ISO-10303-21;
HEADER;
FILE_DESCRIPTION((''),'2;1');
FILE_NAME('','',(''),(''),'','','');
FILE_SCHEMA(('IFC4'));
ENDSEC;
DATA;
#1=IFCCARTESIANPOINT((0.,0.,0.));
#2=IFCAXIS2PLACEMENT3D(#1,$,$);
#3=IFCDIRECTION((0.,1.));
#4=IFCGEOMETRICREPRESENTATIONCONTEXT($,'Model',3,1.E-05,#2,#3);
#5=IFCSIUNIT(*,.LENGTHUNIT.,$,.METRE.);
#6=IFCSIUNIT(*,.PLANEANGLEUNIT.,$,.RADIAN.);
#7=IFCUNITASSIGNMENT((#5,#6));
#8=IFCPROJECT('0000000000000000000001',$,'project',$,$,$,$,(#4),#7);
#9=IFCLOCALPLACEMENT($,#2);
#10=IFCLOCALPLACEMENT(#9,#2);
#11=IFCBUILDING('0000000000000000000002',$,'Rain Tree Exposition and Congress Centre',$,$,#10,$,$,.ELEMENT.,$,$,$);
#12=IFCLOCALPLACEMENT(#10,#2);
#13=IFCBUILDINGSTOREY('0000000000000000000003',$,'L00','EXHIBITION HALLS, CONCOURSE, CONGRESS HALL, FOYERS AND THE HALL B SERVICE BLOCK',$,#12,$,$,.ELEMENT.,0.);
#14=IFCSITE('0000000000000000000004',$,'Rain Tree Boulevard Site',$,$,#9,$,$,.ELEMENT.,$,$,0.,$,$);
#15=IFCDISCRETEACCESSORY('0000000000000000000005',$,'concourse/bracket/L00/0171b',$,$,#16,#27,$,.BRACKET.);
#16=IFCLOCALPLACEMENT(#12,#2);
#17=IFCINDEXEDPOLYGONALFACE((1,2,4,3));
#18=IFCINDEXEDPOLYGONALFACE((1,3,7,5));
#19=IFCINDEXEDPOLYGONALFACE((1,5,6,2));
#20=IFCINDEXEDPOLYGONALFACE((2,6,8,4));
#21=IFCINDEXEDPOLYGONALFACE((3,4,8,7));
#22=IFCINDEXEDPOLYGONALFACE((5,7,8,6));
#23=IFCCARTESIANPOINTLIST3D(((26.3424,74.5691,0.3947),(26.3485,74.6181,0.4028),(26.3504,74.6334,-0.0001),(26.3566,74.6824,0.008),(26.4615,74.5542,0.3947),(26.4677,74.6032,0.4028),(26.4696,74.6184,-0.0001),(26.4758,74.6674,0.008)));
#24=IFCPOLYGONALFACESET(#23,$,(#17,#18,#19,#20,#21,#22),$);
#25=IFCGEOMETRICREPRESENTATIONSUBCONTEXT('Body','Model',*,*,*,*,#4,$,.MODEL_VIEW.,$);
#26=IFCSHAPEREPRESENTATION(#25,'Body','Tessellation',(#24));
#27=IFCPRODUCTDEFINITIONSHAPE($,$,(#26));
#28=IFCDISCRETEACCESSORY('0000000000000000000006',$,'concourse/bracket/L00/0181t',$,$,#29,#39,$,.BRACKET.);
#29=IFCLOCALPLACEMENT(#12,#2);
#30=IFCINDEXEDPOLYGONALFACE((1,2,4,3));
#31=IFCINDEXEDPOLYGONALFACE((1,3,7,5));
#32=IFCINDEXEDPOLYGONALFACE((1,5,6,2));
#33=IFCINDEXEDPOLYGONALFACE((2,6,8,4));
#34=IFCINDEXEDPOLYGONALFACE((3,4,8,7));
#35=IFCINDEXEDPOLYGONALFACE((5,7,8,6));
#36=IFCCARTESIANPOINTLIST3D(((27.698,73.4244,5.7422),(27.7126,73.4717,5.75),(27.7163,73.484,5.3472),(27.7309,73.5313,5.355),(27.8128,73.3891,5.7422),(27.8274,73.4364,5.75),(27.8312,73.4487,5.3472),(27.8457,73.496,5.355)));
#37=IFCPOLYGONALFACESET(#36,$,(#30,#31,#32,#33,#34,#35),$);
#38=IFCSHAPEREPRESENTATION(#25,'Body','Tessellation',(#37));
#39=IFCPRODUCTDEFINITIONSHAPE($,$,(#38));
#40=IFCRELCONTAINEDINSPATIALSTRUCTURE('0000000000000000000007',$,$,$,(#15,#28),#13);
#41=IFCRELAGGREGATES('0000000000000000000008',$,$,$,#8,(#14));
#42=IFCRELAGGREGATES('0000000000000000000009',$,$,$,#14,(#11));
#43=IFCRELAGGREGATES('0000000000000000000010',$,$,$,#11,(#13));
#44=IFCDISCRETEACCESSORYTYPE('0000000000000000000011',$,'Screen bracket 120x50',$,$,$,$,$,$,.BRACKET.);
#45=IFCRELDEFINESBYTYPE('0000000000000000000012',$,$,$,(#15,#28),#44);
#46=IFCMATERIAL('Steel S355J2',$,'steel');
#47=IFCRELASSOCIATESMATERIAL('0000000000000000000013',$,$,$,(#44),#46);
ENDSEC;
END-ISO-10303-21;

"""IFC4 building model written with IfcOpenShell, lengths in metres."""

from ifc_helpers import new_model, si_unit, direction, frame, origin, origin_2d, place, context, subcontext, project, spatial, rectangle, extrude, material, material_profile, profile_set, type_object, element, save


model = new_model("IFC4")

# Units and contexts
model_context = context("Model", 3, precision=1e-05, world=origin(), true_north=direction((0.0, 1.0)))
body_context = subcontext(model_context, "Body", "Model", "MODEL_VIEW")
ifc_project = project(units=[si_unit("LENGTHUNIT", "METRE"), si_unit("PLANEANGLEUNIT", "RADIAN")], contexts=[model_context])

# Site, building, storey
site_placement = place(None, origin())
site = spatial("IfcSite", under=ifc_project, at=site_placement, Name="Rain Tree Boulevard Site", CompositionType="ELEMENT", RefElevation=0.0)
building_placement = place(site_placement, origin())
building = spatial("IfcBuilding", under=site, at=building_placement, Name="Rain Tree Exposition and Congress Centre", CompositionType="ELEMENT")
storey_placement = place(building_placement, origin())
storey = spatial("IfcBuildingStorey", under=building, at=storey_placement, Name="L00", Description="EXHIBITION HALLS, CONCOURSE, CONGRESS HALL, FOYERS AND THE HALL B SERVICE BLOCK", CompositionType="ELEMENT", Elevation=0.0)

# Discrete accessories
ifc_material_1 = material(Name="Steel S355J2", Category="steel")
ifc_material_profile_1 = material_profile(ifc_material_1, rectangle(XDim=0.1201, YDim=0.05, at=origin_2d()), Name="Flat bar 120x50")
ifc_profile_set_1 = profile_set([ifc_material_profile_1], Name="Steel S355J2")
discrete_accessory_type = type_object("IfcDiscreteAccessoryType", Name="Screen bracket 120x50", PredefinedType="BRACKET", material=ifc_profile_set_1)
for number, where, z_axis, x_axis, name in (
    (1, (26.4131, 74.6504, 0.0039), (-0.020139, -0.160505, 0.98683), (0.99222, -0.124499, 0.0), "concourse/bracket/L00/0171b"),
):
    element("IfcDiscreteAccessory", number, at=place(storey_placement, frame(where, z_axis=z_axis, x_axis=x_axis)), inside=storey, type_object=discrete_accessory_type, Name=name, PredefinedType="BRACKET", context=body_context, shape_type="SweptSolid", body=[
        extrude(rectangle(XDim=0.1201, YDim=0.05, at=origin_2d()), origin(), (0.0, 0.0, 1.0), 0.4001),
    ])
discrete_accessory_placement = place(storey_placement, frame((27.781, 73.49, 5.3511), z_axis=(-0.045787, -0.148961, 0.987782), x_axis=(0.955864, -0.293811, 0.0)))
element("IfcDiscreteAccessory", 2, at=discrete_accessory_placement, inside=storey, type_object=discrete_accessory_type, Name="concourse/bracket/L00/0181t", PredefinedType="BRACKET", context=body_context, shape_type="SweptSolid", body=[
    extrude(rectangle(XDim=0.1201, YDim=0.05, at=origin_2d()), origin(), (0.0, 0.0, 1.0), 0.3999),
])

save(model, "model.ifc")
